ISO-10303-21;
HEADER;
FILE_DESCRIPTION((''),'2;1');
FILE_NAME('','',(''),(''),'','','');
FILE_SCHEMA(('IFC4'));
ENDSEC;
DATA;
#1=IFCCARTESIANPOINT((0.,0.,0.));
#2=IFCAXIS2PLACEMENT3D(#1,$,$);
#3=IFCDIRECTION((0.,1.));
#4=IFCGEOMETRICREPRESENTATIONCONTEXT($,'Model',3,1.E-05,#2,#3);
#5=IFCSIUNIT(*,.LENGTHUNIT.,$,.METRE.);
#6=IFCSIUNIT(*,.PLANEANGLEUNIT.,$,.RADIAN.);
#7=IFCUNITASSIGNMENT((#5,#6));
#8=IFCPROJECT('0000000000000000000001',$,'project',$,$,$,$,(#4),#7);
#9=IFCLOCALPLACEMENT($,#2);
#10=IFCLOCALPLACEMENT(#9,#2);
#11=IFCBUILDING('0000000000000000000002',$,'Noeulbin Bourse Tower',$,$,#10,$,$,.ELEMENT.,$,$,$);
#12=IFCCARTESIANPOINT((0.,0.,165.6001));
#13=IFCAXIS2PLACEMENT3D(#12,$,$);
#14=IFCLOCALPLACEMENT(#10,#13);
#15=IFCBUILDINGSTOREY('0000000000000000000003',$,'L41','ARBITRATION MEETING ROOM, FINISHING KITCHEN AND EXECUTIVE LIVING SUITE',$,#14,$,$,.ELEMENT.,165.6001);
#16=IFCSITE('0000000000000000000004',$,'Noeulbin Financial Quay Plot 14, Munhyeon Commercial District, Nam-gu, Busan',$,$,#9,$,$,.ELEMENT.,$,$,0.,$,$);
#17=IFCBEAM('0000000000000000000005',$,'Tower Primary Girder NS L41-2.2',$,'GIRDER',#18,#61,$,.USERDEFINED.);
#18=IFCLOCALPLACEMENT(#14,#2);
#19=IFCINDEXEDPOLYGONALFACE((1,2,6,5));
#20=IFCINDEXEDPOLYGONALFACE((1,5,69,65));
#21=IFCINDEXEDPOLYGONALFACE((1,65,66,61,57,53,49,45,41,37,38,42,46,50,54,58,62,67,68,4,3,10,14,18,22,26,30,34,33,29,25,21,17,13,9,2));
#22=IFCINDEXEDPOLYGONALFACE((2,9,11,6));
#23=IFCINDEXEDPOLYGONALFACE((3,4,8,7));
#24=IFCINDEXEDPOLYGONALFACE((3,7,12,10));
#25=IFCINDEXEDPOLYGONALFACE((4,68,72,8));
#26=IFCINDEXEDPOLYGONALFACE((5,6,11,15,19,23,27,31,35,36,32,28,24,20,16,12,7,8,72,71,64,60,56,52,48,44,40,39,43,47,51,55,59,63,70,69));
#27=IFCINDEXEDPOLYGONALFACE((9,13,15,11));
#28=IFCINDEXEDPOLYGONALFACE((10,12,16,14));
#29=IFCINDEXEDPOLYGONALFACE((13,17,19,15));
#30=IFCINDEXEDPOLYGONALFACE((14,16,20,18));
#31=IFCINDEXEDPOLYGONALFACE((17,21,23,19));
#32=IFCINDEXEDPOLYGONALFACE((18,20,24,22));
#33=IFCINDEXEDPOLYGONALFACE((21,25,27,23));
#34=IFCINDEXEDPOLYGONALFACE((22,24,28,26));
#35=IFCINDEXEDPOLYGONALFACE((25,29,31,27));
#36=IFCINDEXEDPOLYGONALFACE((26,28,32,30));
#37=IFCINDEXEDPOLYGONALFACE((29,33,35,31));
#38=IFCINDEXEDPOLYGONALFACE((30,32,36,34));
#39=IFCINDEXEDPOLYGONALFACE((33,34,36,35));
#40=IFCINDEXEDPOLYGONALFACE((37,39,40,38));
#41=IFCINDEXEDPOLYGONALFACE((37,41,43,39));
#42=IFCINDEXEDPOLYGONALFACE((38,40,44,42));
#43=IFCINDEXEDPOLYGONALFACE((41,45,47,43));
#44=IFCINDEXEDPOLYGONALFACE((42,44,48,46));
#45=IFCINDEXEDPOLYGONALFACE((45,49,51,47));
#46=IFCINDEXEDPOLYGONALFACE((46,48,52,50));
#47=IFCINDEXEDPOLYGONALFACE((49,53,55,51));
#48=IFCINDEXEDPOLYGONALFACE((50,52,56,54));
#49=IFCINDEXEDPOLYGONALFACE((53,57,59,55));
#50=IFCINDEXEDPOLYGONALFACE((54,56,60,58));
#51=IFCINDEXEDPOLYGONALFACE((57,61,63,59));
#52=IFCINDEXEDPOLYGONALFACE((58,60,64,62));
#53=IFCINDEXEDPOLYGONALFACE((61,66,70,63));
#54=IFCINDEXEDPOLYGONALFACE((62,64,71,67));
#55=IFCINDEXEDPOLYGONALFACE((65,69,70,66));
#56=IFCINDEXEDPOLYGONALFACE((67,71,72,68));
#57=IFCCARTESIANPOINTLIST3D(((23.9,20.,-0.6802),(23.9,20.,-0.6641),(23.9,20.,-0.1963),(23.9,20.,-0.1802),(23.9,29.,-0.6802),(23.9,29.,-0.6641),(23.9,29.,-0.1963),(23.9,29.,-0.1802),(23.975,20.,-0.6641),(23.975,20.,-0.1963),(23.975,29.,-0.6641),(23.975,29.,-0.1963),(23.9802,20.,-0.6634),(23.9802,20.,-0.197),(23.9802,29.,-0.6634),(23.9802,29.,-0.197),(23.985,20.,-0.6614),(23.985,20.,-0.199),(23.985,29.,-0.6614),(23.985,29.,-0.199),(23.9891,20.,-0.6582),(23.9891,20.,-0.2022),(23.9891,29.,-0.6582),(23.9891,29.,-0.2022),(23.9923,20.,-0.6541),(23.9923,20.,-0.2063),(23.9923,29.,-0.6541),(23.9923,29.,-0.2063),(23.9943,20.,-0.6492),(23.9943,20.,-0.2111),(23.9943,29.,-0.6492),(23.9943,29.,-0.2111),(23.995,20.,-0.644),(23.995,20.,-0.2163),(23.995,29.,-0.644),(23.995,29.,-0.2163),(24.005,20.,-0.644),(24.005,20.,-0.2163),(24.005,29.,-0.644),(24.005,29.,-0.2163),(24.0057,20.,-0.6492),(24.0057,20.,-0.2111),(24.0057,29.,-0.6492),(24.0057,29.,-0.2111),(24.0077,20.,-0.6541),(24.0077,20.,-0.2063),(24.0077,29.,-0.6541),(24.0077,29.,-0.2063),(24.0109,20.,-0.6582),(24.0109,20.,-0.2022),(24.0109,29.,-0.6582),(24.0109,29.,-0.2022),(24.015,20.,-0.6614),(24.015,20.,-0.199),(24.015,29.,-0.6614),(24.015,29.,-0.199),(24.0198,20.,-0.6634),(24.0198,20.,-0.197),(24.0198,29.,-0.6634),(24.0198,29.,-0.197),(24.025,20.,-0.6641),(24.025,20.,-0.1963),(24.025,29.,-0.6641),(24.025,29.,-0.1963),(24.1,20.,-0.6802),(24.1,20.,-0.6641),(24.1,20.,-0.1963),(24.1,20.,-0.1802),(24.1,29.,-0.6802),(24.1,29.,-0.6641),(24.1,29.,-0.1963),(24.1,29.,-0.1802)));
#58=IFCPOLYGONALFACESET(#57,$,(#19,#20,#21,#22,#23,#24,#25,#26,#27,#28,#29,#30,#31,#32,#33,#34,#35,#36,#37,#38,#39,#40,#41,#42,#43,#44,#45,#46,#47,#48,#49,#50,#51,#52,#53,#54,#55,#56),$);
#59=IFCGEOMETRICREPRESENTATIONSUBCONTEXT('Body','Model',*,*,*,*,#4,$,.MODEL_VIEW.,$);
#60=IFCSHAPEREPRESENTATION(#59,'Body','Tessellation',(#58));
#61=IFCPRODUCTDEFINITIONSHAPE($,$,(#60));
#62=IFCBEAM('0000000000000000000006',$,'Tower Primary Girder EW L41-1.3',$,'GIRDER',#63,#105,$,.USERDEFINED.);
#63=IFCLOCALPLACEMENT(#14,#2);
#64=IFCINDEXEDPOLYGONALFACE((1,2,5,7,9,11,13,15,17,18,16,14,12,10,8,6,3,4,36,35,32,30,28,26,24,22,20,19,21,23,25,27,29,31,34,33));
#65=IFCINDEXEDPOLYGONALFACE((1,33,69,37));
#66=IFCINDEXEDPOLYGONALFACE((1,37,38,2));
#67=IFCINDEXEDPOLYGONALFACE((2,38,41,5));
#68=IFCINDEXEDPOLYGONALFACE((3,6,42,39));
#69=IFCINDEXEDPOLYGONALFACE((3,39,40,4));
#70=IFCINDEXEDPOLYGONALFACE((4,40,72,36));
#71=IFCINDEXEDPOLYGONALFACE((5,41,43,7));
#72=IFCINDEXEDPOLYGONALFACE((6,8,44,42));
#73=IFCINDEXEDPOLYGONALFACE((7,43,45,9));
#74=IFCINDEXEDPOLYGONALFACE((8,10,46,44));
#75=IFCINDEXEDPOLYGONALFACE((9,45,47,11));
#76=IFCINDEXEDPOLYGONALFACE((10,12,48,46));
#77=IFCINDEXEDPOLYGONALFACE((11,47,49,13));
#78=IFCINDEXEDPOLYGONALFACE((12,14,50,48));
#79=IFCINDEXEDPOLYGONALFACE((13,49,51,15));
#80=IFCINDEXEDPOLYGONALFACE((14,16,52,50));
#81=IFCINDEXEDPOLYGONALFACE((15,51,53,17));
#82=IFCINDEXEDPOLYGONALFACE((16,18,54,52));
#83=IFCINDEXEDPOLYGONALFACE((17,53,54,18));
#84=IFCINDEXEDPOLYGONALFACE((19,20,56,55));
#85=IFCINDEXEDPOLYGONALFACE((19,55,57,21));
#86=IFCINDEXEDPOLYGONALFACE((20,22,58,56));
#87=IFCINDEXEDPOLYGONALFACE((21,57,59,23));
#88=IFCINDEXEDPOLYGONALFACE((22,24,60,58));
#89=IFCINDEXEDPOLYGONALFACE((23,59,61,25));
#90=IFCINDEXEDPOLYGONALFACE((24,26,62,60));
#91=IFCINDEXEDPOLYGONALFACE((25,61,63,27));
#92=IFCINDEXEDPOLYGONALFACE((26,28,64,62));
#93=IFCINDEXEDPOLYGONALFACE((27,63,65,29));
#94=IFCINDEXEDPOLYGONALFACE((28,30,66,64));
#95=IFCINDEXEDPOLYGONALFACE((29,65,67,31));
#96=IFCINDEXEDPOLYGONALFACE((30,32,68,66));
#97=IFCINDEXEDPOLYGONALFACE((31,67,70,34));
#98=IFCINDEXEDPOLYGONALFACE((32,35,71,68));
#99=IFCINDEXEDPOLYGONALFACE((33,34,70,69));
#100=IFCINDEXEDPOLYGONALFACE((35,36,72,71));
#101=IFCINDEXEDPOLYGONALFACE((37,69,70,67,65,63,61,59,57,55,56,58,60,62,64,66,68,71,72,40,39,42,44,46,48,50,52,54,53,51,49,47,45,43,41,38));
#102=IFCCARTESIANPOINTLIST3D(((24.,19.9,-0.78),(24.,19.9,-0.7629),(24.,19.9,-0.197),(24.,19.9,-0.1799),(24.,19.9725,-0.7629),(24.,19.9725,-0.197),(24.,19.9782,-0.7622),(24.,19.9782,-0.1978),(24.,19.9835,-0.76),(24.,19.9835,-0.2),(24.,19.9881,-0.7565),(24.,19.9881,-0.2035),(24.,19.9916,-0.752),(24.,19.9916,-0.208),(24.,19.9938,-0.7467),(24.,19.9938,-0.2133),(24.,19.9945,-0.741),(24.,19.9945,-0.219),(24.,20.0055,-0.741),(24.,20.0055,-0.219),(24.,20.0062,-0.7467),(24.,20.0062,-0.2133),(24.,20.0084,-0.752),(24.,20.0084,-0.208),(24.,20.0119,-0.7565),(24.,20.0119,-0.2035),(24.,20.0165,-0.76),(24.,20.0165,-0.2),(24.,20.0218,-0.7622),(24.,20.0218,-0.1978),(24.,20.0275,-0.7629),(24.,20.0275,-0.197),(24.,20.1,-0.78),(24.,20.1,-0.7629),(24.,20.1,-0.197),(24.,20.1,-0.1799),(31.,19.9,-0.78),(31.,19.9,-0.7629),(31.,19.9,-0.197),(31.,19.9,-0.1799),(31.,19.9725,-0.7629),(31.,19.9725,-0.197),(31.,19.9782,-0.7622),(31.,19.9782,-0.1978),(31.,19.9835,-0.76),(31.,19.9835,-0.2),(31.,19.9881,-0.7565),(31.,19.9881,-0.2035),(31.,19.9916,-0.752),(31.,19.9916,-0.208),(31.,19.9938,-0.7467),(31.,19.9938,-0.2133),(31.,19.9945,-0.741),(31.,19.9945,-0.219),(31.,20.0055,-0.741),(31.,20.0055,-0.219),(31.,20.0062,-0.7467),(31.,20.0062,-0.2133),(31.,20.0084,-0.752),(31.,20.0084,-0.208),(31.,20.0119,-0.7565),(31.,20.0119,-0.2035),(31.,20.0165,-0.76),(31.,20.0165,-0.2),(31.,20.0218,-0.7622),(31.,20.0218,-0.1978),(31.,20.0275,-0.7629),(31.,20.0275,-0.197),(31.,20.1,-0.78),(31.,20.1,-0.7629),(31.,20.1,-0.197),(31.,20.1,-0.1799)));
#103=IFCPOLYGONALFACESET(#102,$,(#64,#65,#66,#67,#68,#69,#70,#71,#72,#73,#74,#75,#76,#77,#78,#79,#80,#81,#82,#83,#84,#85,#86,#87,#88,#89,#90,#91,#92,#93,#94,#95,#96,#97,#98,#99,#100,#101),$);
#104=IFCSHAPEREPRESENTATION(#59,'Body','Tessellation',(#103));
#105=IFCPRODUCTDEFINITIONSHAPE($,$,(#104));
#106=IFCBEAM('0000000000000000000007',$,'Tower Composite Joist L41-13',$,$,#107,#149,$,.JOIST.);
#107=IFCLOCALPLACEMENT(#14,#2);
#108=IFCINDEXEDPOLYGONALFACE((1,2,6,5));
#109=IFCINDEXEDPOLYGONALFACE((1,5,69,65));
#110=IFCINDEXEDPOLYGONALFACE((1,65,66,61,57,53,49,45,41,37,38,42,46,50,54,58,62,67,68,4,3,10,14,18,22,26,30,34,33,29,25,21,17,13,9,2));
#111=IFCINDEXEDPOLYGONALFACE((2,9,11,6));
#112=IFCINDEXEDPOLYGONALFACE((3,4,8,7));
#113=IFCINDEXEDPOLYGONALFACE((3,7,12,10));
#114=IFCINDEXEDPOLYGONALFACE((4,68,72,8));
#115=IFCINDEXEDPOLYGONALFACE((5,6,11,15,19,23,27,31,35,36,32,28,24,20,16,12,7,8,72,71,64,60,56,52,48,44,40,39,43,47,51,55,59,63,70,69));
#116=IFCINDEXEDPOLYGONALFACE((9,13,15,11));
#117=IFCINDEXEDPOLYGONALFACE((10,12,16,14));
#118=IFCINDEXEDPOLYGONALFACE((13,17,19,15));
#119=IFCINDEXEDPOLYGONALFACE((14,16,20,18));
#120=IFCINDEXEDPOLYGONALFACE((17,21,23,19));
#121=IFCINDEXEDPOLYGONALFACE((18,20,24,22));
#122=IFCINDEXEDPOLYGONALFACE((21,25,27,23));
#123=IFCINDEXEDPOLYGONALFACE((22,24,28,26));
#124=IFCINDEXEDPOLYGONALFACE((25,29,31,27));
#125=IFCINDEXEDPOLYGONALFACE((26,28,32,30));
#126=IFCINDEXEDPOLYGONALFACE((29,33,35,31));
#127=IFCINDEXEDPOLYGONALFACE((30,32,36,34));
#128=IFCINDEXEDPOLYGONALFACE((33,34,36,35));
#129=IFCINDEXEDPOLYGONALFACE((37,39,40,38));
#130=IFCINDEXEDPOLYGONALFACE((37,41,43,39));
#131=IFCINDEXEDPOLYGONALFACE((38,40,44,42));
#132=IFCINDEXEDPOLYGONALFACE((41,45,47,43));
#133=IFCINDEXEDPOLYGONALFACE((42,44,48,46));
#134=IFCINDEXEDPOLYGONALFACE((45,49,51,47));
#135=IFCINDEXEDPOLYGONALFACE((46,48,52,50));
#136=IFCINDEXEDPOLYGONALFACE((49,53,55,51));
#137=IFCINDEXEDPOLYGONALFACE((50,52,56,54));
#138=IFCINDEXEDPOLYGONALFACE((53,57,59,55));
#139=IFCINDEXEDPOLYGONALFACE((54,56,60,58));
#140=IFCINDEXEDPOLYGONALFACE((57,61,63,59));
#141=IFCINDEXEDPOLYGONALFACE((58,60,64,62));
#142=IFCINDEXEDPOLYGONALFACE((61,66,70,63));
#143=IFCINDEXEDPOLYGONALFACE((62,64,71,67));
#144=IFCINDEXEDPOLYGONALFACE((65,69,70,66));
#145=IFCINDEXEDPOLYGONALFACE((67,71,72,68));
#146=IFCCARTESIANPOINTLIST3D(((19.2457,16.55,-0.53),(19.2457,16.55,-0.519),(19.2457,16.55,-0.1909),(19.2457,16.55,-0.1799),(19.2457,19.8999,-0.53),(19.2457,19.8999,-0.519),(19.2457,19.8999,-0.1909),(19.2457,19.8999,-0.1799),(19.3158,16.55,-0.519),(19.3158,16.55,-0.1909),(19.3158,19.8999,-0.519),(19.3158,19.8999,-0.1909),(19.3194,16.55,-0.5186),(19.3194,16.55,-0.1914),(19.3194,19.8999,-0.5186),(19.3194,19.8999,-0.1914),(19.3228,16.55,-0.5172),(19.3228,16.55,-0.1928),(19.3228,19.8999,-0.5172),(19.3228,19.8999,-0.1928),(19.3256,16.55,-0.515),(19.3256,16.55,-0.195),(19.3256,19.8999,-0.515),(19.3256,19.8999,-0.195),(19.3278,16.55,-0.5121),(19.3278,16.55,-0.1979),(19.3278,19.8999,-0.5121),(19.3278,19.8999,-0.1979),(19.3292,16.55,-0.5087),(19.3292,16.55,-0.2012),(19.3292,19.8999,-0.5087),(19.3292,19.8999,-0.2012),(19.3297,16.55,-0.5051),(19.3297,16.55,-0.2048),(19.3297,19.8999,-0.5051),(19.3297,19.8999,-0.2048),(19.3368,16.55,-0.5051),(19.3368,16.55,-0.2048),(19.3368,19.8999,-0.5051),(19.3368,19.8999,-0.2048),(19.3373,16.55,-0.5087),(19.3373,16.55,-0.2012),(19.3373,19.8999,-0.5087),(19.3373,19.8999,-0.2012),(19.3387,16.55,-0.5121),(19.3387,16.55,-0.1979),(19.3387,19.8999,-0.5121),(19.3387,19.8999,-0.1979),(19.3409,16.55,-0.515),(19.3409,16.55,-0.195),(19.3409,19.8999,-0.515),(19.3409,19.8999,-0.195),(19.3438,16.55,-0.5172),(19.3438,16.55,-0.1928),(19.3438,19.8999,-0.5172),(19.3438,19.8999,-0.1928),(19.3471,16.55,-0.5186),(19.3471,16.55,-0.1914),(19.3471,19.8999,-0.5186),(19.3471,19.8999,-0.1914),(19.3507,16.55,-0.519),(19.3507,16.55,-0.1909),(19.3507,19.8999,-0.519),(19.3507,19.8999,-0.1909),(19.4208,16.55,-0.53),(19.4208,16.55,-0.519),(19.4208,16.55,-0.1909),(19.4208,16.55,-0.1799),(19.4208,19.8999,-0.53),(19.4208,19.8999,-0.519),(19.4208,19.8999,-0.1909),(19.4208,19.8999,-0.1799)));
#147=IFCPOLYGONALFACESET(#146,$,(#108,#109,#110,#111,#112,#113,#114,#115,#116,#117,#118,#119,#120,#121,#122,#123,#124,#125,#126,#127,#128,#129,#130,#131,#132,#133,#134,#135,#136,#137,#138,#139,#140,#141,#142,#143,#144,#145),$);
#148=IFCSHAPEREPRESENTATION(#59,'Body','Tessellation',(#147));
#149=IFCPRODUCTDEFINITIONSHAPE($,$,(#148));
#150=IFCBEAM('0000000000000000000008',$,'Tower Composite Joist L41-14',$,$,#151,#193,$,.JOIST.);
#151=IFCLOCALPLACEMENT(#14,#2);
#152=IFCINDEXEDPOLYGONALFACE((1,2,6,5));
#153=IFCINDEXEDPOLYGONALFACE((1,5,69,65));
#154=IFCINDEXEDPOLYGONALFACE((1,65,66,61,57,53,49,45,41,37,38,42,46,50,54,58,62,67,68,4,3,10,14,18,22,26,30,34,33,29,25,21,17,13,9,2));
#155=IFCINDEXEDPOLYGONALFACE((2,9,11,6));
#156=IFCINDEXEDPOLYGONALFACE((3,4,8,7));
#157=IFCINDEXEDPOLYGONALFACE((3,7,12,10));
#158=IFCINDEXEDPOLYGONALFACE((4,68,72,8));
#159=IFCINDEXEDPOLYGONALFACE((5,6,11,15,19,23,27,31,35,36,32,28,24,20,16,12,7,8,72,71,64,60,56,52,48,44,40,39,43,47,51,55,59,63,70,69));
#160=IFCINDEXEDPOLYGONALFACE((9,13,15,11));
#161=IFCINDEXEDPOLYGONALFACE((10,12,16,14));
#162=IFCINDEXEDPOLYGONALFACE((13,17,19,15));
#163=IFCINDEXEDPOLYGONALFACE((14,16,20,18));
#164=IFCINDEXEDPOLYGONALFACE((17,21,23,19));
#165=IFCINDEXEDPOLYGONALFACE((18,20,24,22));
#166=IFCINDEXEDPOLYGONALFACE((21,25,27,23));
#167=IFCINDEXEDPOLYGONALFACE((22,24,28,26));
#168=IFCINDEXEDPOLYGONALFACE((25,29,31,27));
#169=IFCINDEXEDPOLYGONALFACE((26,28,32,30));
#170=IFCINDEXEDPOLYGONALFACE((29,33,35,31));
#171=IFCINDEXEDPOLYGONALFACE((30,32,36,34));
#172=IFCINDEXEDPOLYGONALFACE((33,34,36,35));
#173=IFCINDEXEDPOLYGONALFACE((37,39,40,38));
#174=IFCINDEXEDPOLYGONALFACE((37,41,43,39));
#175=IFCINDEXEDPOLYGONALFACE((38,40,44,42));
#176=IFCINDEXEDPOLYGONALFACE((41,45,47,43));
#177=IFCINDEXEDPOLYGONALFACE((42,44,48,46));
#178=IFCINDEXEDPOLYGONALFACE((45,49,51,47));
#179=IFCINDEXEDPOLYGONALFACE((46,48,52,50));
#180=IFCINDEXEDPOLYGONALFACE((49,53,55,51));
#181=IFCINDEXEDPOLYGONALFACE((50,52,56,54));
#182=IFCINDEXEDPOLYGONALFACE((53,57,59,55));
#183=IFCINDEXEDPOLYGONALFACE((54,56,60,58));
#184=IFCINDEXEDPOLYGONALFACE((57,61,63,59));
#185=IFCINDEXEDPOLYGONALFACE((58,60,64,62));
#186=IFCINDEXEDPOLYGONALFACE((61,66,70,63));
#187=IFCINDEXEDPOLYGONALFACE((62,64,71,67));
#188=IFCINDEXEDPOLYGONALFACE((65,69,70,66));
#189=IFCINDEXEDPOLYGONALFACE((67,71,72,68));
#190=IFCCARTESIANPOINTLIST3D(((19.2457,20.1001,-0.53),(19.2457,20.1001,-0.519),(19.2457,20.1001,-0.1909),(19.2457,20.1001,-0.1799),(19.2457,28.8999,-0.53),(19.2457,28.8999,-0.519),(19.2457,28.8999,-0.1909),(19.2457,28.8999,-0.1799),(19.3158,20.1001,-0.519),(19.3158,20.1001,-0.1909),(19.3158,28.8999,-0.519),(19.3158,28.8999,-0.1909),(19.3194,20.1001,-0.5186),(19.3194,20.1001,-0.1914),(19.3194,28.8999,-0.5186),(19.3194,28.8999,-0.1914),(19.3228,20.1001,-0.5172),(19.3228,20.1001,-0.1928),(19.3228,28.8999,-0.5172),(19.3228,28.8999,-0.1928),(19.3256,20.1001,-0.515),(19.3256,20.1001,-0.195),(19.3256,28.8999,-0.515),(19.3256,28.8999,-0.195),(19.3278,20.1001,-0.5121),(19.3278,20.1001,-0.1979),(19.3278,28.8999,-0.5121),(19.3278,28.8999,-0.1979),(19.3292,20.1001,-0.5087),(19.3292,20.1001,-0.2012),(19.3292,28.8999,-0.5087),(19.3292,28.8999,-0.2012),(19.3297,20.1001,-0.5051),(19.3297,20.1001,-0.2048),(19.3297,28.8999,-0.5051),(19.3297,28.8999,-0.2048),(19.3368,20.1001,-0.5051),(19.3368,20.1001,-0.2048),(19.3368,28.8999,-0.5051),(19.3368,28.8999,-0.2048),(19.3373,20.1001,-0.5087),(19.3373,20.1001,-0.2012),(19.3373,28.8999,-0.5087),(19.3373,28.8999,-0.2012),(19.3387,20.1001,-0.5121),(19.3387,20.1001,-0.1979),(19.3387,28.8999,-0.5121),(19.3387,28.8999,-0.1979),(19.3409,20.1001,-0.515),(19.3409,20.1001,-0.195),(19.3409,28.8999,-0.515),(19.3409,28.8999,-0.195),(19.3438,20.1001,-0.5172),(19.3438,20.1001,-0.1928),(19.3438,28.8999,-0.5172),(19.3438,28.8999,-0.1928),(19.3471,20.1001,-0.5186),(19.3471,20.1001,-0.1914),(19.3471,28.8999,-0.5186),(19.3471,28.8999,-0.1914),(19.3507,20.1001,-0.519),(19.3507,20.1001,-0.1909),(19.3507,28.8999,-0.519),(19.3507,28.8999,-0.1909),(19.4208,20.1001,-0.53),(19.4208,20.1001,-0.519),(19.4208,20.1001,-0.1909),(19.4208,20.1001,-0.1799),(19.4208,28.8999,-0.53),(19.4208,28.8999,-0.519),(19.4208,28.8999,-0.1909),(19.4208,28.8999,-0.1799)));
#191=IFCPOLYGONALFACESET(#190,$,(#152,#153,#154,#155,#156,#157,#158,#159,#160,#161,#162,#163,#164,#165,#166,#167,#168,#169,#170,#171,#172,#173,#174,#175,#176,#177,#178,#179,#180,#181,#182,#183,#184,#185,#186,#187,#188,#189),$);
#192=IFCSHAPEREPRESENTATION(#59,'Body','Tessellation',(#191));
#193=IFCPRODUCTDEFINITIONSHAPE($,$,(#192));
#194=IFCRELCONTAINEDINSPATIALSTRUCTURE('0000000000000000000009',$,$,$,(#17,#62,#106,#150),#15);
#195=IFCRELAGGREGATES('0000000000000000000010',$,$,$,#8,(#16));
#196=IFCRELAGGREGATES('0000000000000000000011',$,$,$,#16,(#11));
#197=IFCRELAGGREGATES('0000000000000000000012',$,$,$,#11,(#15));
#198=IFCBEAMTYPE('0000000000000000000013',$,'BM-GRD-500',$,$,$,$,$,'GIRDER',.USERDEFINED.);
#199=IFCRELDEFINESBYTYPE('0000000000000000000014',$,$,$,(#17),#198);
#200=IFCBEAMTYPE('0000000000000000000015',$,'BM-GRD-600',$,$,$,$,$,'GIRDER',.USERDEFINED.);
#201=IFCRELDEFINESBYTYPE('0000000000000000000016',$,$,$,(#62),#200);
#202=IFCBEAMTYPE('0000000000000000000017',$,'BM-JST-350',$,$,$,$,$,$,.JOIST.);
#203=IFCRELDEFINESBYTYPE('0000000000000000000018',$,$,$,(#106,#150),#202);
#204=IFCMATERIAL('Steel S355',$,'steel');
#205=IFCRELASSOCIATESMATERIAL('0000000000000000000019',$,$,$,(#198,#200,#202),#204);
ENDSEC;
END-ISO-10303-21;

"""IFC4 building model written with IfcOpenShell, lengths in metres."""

from ifc_helpers import new_model, si_unit, direction, frame, origin, origin_2d, place, context, subcontext, project, spatial, i_section, extrude, material, material_profile, profile_set, type_object, element, save


model = new_model("IFC4")

# Units and contexts
model_context = context("Model", 3, precision=1e-05, world=origin(), true_north=direction((0.0, 1.0)))
body_context = subcontext(model_context, "Body", "Model", "MODEL_VIEW")
ifc_project = project(units=[si_unit("LENGTHUNIT", "METRE"), si_unit("PLANEANGLEUNIT", "RADIAN")], contexts=[model_context])

# Site, building, storey
site_placement = place(None, origin())
site = spatial("IfcSite", under=ifc_project, at=site_placement, Name="Noeulbin Financial Quay Plot 14, Munhyeon Commercial District, Nam-gu, Busan", CompositionType="ELEMENT", RefElevation=0.0)
building_placement = place(site_placement, origin())
building = spatial("IfcBuilding", under=site, at=building_placement, Name="Noeulbin Bourse Tower", CompositionType="ELEMENT")
storey_placement = place(building_placement, frame((0.0, 0.0, 165.6001)))
storey = spatial("IfcBuildingStorey", under=building, at=storey_placement, Name="L41", Description="ARBITRATION MEETING ROOM, FINISHING KITCHEN AND EXECUTIVE LIVING SUITE", CompositionType="ELEMENT", Elevation=165.6001)

# Shared definitions
ifc_material_1 = material(Name="Steel S355", Category="steel")

# Beams
ifc_material_profile_1 = material_profile(ifc_material_1, i_section(OverallWidth=0.2, OverallDepth=0.5, WebThickness=0.01, FlangeThickness=0.0161, FilletRadius=0.02, at=origin_2d()), Name="H-500x200x10x16", Category="LoadBearing")
ifc_profile_set_1 = profile_set([ifc_material_profile_1], Name="Steel S355")
beam_type_1 = type_object("IfcBeamType", Name="BM-GRD-500", ElementType="GIRDER", PredefinedType="USERDEFINED", material=ifc_profile_set_1)
beam_1_placement = place(storey_placement, frame((24.0, 20.0, -0.4302), z_axis=(0.0, 1.0, 0.0), x_axis=(-1.0, 0.0, 0.0)))
element("IfcBeam", 1, at=beam_1_placement, inside=storey, type_object=beam_type_1, Name="Tower Primary Girder NS L41-2.2", ObjectType="GIRDER", PredefinedType="USERDEFINED", context=body_context, shape_type="SweptSolid", body=[
    extrude(i_section(OverallWidth=0.2, OverallDepth=0.5, WebThickness=0.01, FlangeThickness=0.0161, FilletRadius=0.02, at=origin_2d()), origin(), (0.0, 0.0, 1.0), 9.0),
])
ifc_material_profile_2 = material_profile(ifc_material_1, i_section(OverallWidth=0.2, OverallDepth=0.6001, WebThickness=0.011, FlangeThickness=0.0171, FilletRadius=0.022, at=origin_2d()), Name="H-600x200x11x17", Category="LoadBearing")
ifc_profile_set_2 = profile_set([ifc_material_profile_2], Name="Steel S355")
beam_type_2 = type_object("IfcBeamType", Name="BM-GRD-600", ElementType="GIRDER", PredefinedType="USERDEFINED", material=ifc_profile_set_2)
beam_2_placement = place(storey_placement, frame((24.0, 20.0, -0.48), z_axis=(1.0, 0.0, 0.0), x_axis=(0.0, 1.0, 0.0)))
element("IfcBeam", 2, at=beam_2_placement, inside=storey, type_object=beam_type_2, Name="Tower Primary Girder EW L41-1.3", ObjectType="GIRDER", PredefinedType="USERDEFINED", context=body_context, shape_type="SweptSolid", body=[
    extrude(i_section(OverallWidth=0.2, OverallDepth=0.6001, WebThickness=0.011, FlangeThickness=0.0171, FilletRadius=0.022, at=origin_2d()), origin(), (0.0, 0.0, 1.0), 7.0),
])
ifc_material_profile_3 = material_profile(ifc_material_1, i_section(OverallWidth=0.175, OverallDepth=0.3501, WebThickness=0.0071, FlangeThickness=0.011, FilletRadius=0.0139, at=origin_2d()), Name="H-350x175x7x11", Category="LoadBearing")
ifc_profile_set_3 = profile_set([ifc_material_profile_3], Name="Steel S355")
beam_type_3 = type_object("IfcBeamType", Name="BM-JST-350", PredefinedType="JOIST", material=ifc_profile_set_3)
beam_3_placement = place(storey_placement, frame((19.3333, 16.55, -0.355), z_axis=(0.0, 1.0, 0.0), x_axis=(-1.0, 0.0, 0.0)))
element("IfcBeam", 3, at=beam_3_placement, inside=storey, type_object=beam_type_3, Name="Tower Composite Joist L41-13", PredefinedType="JOIST", context=body_context, shape_type="SweptSolid", body=[
    extrude(i_section(OverallWidth=0.175, OverallDepth=0.3501, WebThickness=0.0071, FlangeThickness=0.011, FilletRadius=0.0139, at=origin_2d()), origin(), (0.0, 0.0, 1.0), 3.3499),
])
beam_4_placement = place(storey_placement, frame((19.3333, 20.1001, -0.355), z_axis=(0.0, 1.0, 0.0), x_axis=(-1.0, 0.0, 0.0)))
element("IfcBeam", 4, at=beam_4_placement, inside=storey, type_object=beam_type_3, Name="Tower Composite Joist L41-14", PredefinedType="JOIST", context=body_context, shape_type="SweptSolid", body=[
    extrude(i_section(OverallWidth=0.175, OverallDepth=0.3501, WebThickness=0.0071, FlangeThickness=0.011, FilletRadius=0.0139, at=origin_2d()), origin(), (0.0, 0.0, 1.0), 8.7998),
])

save(model, "model.ifc")
